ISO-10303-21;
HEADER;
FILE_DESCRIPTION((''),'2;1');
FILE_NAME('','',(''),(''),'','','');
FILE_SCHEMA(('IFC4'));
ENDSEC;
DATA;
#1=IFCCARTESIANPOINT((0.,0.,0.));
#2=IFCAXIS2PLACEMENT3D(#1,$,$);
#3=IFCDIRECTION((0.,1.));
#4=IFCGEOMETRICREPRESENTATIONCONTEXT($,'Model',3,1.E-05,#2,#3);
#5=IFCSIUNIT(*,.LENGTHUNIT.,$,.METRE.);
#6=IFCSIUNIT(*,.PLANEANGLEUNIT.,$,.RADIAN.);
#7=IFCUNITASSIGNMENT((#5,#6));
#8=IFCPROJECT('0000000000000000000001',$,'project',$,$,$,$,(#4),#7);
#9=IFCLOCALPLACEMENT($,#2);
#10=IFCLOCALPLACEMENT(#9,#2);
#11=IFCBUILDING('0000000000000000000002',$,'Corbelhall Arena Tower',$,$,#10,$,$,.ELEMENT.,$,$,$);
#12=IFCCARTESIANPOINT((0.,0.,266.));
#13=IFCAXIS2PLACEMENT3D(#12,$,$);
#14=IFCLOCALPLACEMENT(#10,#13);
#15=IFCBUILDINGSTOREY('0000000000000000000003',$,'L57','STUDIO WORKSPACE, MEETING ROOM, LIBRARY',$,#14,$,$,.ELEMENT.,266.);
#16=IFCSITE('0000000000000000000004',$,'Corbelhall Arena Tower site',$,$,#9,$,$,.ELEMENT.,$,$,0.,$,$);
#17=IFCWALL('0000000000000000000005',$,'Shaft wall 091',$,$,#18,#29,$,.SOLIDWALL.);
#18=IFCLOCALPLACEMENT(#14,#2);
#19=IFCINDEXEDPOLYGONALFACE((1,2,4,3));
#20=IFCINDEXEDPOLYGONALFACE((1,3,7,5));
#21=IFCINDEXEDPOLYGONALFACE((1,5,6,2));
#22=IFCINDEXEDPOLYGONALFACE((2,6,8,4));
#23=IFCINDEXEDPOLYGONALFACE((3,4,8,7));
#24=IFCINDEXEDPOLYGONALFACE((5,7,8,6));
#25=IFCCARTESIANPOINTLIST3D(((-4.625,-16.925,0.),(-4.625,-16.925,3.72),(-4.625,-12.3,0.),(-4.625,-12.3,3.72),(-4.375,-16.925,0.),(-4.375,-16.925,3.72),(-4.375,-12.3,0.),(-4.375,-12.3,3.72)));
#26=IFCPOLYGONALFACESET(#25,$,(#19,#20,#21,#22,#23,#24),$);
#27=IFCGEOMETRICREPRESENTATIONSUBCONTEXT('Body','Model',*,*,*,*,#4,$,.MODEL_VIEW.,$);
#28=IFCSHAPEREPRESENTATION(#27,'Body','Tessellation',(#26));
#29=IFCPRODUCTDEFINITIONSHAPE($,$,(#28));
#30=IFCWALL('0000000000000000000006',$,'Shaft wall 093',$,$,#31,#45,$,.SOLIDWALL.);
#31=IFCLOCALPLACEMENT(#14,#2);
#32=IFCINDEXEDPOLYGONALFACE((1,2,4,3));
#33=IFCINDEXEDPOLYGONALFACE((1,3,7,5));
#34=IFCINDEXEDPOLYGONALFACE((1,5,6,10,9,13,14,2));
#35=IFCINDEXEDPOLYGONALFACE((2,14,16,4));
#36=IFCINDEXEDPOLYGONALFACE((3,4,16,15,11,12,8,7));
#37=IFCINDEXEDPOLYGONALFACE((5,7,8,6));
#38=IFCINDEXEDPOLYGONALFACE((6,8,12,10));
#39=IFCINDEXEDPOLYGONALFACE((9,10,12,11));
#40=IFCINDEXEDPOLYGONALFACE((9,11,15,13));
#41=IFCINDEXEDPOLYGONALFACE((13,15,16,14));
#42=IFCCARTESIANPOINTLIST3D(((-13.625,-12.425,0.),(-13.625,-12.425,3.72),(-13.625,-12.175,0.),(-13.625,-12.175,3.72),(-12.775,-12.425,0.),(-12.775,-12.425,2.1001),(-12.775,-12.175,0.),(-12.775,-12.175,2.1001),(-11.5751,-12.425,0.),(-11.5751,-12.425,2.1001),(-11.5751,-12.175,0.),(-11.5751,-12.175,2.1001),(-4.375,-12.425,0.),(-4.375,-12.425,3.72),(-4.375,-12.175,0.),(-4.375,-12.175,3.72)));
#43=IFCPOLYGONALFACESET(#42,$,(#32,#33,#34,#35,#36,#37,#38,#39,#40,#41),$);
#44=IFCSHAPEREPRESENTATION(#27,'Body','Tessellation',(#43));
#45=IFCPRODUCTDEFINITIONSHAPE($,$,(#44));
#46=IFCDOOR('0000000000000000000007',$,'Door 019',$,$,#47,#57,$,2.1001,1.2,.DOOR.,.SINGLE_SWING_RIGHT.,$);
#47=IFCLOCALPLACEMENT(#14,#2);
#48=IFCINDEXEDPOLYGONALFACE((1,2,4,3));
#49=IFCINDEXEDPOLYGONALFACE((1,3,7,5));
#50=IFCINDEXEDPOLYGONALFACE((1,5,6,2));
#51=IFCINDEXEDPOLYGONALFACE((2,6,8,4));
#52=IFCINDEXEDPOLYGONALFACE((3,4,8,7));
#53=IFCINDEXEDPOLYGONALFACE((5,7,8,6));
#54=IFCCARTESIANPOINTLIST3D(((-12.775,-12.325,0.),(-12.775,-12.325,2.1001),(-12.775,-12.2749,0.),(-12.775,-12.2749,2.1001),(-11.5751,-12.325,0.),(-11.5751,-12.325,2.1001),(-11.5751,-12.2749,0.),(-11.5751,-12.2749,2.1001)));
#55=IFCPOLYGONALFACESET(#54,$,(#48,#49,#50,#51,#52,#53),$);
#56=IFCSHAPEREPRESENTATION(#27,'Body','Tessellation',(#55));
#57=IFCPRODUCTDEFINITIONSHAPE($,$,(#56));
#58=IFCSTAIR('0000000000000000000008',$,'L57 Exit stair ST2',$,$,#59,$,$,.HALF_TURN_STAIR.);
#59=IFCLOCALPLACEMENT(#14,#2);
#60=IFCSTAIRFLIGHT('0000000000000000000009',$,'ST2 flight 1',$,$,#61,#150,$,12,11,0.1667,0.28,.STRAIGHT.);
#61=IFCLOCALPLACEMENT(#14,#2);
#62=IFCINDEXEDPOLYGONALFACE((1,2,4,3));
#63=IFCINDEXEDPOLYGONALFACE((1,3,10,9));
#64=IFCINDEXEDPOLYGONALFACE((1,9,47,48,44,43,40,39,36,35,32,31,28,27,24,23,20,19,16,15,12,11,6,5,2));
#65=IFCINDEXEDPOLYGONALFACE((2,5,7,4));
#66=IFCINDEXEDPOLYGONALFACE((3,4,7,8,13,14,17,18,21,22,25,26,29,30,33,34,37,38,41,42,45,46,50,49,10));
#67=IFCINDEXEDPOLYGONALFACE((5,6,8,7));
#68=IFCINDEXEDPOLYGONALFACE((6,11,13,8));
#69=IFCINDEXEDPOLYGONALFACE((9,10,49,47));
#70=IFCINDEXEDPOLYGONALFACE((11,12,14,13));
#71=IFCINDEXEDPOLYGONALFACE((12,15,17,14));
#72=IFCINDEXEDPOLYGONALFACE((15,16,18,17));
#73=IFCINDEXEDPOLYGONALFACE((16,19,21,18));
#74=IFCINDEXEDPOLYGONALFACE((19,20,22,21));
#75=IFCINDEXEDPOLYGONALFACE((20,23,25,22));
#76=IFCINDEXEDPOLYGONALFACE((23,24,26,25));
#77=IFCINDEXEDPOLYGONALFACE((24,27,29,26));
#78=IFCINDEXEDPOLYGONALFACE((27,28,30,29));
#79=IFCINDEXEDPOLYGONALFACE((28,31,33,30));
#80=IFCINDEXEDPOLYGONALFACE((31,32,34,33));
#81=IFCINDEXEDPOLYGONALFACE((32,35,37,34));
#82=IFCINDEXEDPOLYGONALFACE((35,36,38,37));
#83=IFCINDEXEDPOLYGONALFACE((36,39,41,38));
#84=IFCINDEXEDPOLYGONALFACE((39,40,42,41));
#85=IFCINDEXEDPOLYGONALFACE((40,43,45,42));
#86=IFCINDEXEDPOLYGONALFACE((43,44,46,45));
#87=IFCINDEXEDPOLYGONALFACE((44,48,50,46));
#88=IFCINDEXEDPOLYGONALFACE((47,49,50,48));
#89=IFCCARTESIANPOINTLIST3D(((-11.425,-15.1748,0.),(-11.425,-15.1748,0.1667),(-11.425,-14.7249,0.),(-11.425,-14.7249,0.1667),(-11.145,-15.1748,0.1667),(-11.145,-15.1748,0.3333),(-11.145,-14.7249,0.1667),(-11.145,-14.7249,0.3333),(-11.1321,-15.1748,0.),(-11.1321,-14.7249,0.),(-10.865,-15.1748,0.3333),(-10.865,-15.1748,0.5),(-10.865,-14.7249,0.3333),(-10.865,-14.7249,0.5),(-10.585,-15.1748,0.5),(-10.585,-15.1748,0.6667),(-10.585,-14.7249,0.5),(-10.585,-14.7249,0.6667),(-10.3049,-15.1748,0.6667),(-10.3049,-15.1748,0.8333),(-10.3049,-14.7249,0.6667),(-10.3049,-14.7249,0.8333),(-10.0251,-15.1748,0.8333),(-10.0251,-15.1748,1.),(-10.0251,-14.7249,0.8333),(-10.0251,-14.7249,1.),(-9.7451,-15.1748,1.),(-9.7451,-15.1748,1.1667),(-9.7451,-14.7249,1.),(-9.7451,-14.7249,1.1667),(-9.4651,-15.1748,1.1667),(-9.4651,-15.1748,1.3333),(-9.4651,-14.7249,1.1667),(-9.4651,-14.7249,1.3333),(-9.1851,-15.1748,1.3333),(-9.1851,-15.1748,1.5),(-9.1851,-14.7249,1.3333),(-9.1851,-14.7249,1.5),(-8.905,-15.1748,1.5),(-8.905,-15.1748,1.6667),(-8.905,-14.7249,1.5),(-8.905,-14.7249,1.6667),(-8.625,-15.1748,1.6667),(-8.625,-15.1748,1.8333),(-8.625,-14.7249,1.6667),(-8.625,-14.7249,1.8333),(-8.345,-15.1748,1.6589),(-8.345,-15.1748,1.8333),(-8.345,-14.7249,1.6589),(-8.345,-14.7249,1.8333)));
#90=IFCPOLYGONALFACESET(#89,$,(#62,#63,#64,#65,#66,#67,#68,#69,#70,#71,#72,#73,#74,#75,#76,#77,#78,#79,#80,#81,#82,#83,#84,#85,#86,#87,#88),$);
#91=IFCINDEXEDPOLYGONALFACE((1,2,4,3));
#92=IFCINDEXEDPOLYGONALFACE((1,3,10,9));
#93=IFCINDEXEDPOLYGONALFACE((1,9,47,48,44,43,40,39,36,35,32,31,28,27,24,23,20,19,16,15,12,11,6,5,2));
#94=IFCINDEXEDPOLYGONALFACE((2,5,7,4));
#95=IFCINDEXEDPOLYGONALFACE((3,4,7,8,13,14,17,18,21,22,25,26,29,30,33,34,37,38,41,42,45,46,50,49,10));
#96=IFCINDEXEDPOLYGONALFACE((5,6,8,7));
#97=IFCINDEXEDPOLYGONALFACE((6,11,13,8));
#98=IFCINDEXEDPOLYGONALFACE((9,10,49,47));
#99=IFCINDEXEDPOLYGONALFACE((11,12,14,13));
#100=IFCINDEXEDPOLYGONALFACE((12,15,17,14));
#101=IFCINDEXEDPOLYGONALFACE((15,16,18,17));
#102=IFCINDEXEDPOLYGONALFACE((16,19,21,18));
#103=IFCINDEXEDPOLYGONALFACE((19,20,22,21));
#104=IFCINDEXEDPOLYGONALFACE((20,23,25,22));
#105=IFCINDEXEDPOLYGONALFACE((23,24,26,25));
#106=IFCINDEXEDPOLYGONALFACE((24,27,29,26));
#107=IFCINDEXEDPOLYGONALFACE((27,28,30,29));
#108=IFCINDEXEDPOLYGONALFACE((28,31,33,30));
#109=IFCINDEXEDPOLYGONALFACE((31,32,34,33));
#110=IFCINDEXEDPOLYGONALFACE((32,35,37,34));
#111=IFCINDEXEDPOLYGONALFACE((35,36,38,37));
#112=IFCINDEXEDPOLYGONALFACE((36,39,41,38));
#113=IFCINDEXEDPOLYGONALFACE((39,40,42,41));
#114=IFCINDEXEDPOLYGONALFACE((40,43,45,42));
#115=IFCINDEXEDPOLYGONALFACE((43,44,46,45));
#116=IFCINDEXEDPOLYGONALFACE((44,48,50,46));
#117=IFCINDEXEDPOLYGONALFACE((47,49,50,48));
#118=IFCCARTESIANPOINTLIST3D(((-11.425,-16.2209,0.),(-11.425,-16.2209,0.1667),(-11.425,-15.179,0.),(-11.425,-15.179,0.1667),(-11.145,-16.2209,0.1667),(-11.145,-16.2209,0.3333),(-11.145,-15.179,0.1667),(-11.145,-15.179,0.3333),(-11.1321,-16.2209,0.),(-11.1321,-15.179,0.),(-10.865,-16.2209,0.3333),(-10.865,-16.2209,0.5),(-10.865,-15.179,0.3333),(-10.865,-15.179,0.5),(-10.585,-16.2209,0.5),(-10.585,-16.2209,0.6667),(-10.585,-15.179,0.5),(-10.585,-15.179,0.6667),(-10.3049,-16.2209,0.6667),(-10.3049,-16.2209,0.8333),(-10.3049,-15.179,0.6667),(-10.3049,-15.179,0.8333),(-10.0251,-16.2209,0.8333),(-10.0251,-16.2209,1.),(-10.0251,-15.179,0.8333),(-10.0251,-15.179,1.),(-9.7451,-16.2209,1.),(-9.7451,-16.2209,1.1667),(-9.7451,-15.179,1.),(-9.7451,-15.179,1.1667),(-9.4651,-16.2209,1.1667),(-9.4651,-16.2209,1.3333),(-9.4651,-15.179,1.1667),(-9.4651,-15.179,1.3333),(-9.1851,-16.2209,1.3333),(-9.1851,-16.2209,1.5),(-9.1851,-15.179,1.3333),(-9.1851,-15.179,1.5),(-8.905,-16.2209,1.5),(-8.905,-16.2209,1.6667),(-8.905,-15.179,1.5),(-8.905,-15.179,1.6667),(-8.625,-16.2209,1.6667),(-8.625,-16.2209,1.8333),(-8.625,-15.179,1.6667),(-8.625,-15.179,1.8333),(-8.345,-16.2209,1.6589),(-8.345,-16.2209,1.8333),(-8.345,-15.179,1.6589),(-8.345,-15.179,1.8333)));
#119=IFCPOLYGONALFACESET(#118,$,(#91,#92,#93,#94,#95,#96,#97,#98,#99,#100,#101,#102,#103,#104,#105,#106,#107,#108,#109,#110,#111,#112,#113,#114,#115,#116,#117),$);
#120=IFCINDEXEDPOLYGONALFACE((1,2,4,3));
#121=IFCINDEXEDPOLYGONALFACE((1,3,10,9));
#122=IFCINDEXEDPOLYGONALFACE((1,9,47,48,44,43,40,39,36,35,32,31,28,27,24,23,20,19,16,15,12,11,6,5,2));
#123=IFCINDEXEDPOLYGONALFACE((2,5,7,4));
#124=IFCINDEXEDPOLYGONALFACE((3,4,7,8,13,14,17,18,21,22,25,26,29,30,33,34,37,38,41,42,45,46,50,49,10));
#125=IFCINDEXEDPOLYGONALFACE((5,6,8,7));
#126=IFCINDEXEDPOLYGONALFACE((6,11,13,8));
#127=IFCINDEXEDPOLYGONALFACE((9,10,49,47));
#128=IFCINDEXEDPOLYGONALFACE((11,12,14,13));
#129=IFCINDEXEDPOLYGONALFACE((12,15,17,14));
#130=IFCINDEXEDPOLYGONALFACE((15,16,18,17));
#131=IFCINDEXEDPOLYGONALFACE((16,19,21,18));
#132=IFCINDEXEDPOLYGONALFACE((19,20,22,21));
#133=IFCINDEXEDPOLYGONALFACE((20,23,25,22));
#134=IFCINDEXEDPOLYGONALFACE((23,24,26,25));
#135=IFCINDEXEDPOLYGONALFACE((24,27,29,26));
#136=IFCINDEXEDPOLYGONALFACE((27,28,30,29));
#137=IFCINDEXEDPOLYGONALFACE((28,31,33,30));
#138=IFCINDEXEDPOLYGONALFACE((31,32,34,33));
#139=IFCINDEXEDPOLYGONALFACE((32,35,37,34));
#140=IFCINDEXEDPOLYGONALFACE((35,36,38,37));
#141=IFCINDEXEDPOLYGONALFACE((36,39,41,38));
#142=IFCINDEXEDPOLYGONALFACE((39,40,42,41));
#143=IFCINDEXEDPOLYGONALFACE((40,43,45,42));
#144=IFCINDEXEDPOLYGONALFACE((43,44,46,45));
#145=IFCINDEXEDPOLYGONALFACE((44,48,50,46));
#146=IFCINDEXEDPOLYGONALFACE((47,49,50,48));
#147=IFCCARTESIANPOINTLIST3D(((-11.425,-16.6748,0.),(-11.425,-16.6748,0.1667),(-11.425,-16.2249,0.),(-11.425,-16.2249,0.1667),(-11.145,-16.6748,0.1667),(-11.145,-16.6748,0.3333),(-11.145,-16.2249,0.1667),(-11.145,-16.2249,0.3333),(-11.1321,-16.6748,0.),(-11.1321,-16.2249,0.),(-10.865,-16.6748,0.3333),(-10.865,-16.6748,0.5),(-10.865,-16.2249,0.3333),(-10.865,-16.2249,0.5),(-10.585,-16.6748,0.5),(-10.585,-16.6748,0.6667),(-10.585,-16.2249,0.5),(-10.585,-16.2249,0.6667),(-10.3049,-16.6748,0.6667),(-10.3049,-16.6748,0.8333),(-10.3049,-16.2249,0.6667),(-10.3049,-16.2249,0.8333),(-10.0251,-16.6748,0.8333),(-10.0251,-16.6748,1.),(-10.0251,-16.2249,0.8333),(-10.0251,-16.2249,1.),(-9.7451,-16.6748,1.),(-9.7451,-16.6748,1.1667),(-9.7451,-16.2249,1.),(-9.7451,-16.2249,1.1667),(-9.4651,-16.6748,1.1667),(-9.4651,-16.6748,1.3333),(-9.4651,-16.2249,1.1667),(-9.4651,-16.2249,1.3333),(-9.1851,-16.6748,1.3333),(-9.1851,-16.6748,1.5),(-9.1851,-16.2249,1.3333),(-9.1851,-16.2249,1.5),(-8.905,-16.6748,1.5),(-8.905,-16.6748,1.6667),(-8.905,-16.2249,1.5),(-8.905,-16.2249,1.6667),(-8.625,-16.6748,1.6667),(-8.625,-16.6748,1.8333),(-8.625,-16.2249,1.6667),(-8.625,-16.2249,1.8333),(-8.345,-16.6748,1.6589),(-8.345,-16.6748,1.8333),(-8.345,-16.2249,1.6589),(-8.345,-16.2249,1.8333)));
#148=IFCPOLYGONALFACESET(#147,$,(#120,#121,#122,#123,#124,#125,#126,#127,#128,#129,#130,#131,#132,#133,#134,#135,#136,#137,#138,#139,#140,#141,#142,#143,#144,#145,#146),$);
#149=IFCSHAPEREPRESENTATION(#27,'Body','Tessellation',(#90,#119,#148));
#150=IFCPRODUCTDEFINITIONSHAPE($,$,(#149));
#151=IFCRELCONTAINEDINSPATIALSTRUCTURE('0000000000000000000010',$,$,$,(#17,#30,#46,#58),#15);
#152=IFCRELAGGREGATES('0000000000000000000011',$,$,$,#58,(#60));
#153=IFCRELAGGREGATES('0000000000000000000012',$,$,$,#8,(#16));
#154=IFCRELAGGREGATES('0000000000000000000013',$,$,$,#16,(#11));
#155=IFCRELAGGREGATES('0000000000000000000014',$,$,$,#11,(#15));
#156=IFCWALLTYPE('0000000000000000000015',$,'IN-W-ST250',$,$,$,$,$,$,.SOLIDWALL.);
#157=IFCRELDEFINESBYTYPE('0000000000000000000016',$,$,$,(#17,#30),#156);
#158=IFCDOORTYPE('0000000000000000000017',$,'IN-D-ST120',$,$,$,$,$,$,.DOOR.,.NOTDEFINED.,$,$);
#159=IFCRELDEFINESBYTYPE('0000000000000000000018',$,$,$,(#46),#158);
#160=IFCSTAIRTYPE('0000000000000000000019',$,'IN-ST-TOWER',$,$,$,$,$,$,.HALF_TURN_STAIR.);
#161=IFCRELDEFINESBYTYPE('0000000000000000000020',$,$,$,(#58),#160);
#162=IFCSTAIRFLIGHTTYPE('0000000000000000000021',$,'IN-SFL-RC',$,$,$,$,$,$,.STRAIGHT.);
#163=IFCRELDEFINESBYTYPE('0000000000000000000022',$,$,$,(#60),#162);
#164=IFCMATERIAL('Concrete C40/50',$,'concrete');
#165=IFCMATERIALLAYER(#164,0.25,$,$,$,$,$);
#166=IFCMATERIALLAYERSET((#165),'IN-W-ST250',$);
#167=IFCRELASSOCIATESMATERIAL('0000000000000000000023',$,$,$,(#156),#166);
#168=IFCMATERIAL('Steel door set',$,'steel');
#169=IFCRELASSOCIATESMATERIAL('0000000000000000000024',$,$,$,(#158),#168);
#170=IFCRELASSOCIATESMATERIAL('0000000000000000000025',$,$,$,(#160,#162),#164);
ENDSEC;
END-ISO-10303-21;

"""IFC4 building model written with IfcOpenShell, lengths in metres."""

from ifc_helpers import new_model, si_unit, direction, frame, frame_2d, origin, place, context, subcontext, project, spatial, polyline, rectangle, outline, extrude, material, layer, layer_set, type_object, element, fill, aggregate, save


model = new_model("IFC4")

# Units and contexts
model_context = context("Model", 3, precision=1e-05, world=origin(), true_north=direction((0.0, 1.0)))
body_context = subcontext(model_context, "Body", "Model", "MODEL_VIEW")
ifc_project = project(units=[si_unit("LENGTHUNIT", "METRE"), si_unit("PLANEANGLEUNIT", "RADIAN")], contexts=[model_context])

# Site, building, storey
site_placement = place(None, origin())
site = spatial("IfcSite", under=ifc_project, at=site_placement, Name="Corbelhall Arena Tower site", CompositionType="ELEMENT", RefElevation=0.0)
building_placement = place(site_placement, origin())
building = spatial("IfcBuilding", under=site, at=building_placement, Name="Corbelhall Arena Tower", CompositionType="ELEMENT")
storey_placement = place(building_placement, frame((0.0, 0.0, 266.0)))
storey = spatial("IfcBuildingStorey", under=building, at=storey_placement, Name="L57", Description="STUDIO WORKSPACE, MEETING ROOM, LIBRARY", CompositionType="ELEMENT", Elevation=266.0)

# Wall
ifc_material_1 = material(Name="Concrete C40/50", Category="concrete")
ifc_layer_1 = layer(ifc_material_1, 0.25)
ifc_layer_set_1 = layer_set([ifc_layer_1], Name="IN-W-ST250")
wall_type_1 = type_object("IfcWallType", Name="IN-W-ST250", PredefinedType="SOLIDWALL", material=ifc_layer_set_1)
wall_1_placement = place(storey_placement, frame((-4.5, -12.3, 0.0), z_axis=(0.0, 0.0, 1.0), x_axis=(0.0, -1.0, 0.0)))
element("IfcWall", 1, at=wall_1_placement, inside=storey, type_object=wall_type_1, Name="Shaft wall 091", PredefinedType="SOLIDWALL", context=body_context, shape_type="SweptSolid", body=[
    extrude(rectangle(XDim=4.625, YDim=0.25, at=frame_2d((2.3125, 0.0))), origin(), (0.0, 0.0, 1.0), 3.72),
])

# Wall, opening, door
wall_2_placement = place(storey_placement, frame((-4.375, -12.3, 0.0), z_axis=(0.0, 0.0, 1.0), x_axis=(-1.0, 0.0, 0.0)))
wall_2 = element("IfcWall", 2, at=wall_2_placement, inside=storey, type_object=wall_type_1, Name="Shaft wall 093", PredefinedType="SOLIDWALL", context=body_context, shape_type="SweptSolid", body=[
    extrude(rectangle(XDim=9.25, YDim=0.25, at=frame_2d((4.625, 0.0))), origin(), (0.0, 0.0, 1.0), 3.72),
])
opening_1_placement = place(wall_2_placement, frame((7.2, 0.0, 0.0)))
opening_1 = element("IfcOpeningElement", 3, at=opening_1_placement, cuts=wall_2, PredefinedType="OPENING", context=body_context, shape_type="SweptSolid", body=[
    extrude(rectangle(XDim=1.2, YDim=2.1001, at=frame_2d((0.6001, 1.05))), frame((0.0, 0.125, 0.0), z_axis=(0.0, -1.0, 0.0), x_axis=(1.0, 0.0, 0.0)), (0.0, 0.0, 1.0), 0.25),
])
ifc_material_2 = material(Name="Steel door set", Category="steel")
door_type = type_object("IfcDoorType", Name="IN-D-ST120", OperationType="NOTDEFINED", PredefinedType="DOOR", material=ifc_material_2)
door_placement = place(opening_1_placement, origin())
door = element("IfcDoor", 4, at=door_placement, inside=storey, type_object=door_type, Name="Door 019", OperationType="SINGLE_SWING_RIGHT", OverallHeight=2.1001, OverallWidth=1.2, PredefinedType="DOOR", context=body_context, shape_type="SweptSolid", body=[
    extrude(rectangle(XDim=1.2, YDim=2.1001, at=frame_2d((0.6001, 1.05))), frame((0.0, 0.0249, 0.0), z_axis=(0.0, -1.0, 0.0), x_axis=(1.0, 0.0, 0.0)), (0.0, 0.0, 1.0), 0.05),
])
fill(opening_1, door)

# Stair, stair flight
stair_type = type_object("IfcStairType", Name="IN-ST-TOWER", PredefinedType="HALF_TURN_STAIR", material=ifc_material_1)
stair_placement = place(storey_placement, origin())
stair = element("IfcStair", 5, at=stair_placement, inside=storey, type_object=stair_type, Name="L57 Exit stair ST2", PredefinedType="HALF_TURN_STAIR")
stair_flight_type = type_object("IfcStairFlightType", Name="IN-SFL-RC", PredefinedType="STRAIGHT", material=ifc_material_1)
stair_flight_1_placement = place(storey_placement, frame((-11.425, -15.7, 0.0), z_axis=(0.0, 0.0, 1.0), x_axis=(1.0, 0.0, 0.0)))
stair_flight_1 = element("IfcStairFlight", 6, at=stair_flight_1_placement, type_object=stair_flight_type, Name="ST2 flight 1", NumberOfRisers=12, NumberOfTreads=11, PredefinedType="STRAIGHT", RiserHeight=0.1667, TreadLength=0.28, context=body_context, shape_type="SweptSolid", body=[
    extrude(outline(polyline([(0.0, 0.0), (0.0, 0.1667), (0.28, 0.1667), (0.28, 0.3333), (0.5601, 0.3333), (0.5601, 0.5), (0.8401, 0.5), (0.8401, 0.6667), (1.1201, 0.6667), (1.1201, 0.8333), (1.3999, 0.8333), (1.3999, 1.0), (1.6799, 1.0), (1.6799, 1.1667), (1.96, 1.1667), (1.96, 1.3333), (2.24, 1.3333), (2.24, 1.5), (2.52, 1.5), (2.52, 1.6667), (2.8, 1.6667), (2.8, 1.8333), (3.0801, 1.8333), (3.0801, 2.0), (3.0801, 1.6589), (0.293, 0.0), (0.0, 0.0)])), frame((0.0, 0.9751, 0.0), z_axis=(0.0, -1.0, 0.0), x_axis=(1.0, 0.0, 0.0)), (0.0, 0.0, 1.0), 0.45),
    extrude(outline(polyline([(0.0, 0.0), (0.0, 0.1667), (0.28, 0.1667), (0.28, 0.3333), (0.5601, 0.3333), (0.5601, 0.5), (0.8401, 0.5), (0.8401, 0.6667), (1.1201, 0.6667), (1.1201, 0.8333), (1.3999, 0.8333), (1.3999, 1.0), (1.6799, 1.0), (1.6799, 1.1667), (1.96, 1.1667), (1.96, 1.3333), (2.24, 1.3333), (2.24, 1.5), (2.52, 1.5), (2.52, 1.6667), (2.8, 1.6667), (2.8, 1.8333), (3.0801, 1.8333), (3.0801, 2.0), (3.0801, 1.6589), (0.293, 0.0), (0.0, 0.0)])), frame((0.0, 0.521, 0.0), z_axis=(0.0, -1.0, 0.0), x_axis=(1.0, 0.0, 0.0)), (0.0, 0.0, 1.0), 1.042),
    extrude(outline(polyline([(0.0, 0.0), (0.0, 0.1667), (0.28, 0.1667), (0.28, 0.3333), (0.5601, 0.3333), (0.5601, 0.5), (0.8401, 0.5), (0.8401, 0.6667), (1.1201, 0.6667), (1.1201, 0.8333), (1.3999, 0.8333), (1.3999, 1.0), (1.6799, 1.0), (1.6799, 1.1667), (1.96, 1.1667), (1.96, 1.3333), (2.24, 1.3333), (2.24, 1.5), (2.52, 1.5), (2.52, 1.6667), (2.8, 1.6667), (2.8, 1.8333), (3.0801, 1.8333), (3.0801, 2.0), (3.0801, 1.6589), (0.293, 0.0), (0.0, 0.0)])), frame((0.0, -0.5249, 0.0), z_axis=(0.0, -1.0, 0.0), x_axis=(1.0, 0.0, 0.0)), (0.0, 0.0, 1.0), 0.45),
])
aggregate(stair, [stair_flight_1])

save(model, "model.ifc")
